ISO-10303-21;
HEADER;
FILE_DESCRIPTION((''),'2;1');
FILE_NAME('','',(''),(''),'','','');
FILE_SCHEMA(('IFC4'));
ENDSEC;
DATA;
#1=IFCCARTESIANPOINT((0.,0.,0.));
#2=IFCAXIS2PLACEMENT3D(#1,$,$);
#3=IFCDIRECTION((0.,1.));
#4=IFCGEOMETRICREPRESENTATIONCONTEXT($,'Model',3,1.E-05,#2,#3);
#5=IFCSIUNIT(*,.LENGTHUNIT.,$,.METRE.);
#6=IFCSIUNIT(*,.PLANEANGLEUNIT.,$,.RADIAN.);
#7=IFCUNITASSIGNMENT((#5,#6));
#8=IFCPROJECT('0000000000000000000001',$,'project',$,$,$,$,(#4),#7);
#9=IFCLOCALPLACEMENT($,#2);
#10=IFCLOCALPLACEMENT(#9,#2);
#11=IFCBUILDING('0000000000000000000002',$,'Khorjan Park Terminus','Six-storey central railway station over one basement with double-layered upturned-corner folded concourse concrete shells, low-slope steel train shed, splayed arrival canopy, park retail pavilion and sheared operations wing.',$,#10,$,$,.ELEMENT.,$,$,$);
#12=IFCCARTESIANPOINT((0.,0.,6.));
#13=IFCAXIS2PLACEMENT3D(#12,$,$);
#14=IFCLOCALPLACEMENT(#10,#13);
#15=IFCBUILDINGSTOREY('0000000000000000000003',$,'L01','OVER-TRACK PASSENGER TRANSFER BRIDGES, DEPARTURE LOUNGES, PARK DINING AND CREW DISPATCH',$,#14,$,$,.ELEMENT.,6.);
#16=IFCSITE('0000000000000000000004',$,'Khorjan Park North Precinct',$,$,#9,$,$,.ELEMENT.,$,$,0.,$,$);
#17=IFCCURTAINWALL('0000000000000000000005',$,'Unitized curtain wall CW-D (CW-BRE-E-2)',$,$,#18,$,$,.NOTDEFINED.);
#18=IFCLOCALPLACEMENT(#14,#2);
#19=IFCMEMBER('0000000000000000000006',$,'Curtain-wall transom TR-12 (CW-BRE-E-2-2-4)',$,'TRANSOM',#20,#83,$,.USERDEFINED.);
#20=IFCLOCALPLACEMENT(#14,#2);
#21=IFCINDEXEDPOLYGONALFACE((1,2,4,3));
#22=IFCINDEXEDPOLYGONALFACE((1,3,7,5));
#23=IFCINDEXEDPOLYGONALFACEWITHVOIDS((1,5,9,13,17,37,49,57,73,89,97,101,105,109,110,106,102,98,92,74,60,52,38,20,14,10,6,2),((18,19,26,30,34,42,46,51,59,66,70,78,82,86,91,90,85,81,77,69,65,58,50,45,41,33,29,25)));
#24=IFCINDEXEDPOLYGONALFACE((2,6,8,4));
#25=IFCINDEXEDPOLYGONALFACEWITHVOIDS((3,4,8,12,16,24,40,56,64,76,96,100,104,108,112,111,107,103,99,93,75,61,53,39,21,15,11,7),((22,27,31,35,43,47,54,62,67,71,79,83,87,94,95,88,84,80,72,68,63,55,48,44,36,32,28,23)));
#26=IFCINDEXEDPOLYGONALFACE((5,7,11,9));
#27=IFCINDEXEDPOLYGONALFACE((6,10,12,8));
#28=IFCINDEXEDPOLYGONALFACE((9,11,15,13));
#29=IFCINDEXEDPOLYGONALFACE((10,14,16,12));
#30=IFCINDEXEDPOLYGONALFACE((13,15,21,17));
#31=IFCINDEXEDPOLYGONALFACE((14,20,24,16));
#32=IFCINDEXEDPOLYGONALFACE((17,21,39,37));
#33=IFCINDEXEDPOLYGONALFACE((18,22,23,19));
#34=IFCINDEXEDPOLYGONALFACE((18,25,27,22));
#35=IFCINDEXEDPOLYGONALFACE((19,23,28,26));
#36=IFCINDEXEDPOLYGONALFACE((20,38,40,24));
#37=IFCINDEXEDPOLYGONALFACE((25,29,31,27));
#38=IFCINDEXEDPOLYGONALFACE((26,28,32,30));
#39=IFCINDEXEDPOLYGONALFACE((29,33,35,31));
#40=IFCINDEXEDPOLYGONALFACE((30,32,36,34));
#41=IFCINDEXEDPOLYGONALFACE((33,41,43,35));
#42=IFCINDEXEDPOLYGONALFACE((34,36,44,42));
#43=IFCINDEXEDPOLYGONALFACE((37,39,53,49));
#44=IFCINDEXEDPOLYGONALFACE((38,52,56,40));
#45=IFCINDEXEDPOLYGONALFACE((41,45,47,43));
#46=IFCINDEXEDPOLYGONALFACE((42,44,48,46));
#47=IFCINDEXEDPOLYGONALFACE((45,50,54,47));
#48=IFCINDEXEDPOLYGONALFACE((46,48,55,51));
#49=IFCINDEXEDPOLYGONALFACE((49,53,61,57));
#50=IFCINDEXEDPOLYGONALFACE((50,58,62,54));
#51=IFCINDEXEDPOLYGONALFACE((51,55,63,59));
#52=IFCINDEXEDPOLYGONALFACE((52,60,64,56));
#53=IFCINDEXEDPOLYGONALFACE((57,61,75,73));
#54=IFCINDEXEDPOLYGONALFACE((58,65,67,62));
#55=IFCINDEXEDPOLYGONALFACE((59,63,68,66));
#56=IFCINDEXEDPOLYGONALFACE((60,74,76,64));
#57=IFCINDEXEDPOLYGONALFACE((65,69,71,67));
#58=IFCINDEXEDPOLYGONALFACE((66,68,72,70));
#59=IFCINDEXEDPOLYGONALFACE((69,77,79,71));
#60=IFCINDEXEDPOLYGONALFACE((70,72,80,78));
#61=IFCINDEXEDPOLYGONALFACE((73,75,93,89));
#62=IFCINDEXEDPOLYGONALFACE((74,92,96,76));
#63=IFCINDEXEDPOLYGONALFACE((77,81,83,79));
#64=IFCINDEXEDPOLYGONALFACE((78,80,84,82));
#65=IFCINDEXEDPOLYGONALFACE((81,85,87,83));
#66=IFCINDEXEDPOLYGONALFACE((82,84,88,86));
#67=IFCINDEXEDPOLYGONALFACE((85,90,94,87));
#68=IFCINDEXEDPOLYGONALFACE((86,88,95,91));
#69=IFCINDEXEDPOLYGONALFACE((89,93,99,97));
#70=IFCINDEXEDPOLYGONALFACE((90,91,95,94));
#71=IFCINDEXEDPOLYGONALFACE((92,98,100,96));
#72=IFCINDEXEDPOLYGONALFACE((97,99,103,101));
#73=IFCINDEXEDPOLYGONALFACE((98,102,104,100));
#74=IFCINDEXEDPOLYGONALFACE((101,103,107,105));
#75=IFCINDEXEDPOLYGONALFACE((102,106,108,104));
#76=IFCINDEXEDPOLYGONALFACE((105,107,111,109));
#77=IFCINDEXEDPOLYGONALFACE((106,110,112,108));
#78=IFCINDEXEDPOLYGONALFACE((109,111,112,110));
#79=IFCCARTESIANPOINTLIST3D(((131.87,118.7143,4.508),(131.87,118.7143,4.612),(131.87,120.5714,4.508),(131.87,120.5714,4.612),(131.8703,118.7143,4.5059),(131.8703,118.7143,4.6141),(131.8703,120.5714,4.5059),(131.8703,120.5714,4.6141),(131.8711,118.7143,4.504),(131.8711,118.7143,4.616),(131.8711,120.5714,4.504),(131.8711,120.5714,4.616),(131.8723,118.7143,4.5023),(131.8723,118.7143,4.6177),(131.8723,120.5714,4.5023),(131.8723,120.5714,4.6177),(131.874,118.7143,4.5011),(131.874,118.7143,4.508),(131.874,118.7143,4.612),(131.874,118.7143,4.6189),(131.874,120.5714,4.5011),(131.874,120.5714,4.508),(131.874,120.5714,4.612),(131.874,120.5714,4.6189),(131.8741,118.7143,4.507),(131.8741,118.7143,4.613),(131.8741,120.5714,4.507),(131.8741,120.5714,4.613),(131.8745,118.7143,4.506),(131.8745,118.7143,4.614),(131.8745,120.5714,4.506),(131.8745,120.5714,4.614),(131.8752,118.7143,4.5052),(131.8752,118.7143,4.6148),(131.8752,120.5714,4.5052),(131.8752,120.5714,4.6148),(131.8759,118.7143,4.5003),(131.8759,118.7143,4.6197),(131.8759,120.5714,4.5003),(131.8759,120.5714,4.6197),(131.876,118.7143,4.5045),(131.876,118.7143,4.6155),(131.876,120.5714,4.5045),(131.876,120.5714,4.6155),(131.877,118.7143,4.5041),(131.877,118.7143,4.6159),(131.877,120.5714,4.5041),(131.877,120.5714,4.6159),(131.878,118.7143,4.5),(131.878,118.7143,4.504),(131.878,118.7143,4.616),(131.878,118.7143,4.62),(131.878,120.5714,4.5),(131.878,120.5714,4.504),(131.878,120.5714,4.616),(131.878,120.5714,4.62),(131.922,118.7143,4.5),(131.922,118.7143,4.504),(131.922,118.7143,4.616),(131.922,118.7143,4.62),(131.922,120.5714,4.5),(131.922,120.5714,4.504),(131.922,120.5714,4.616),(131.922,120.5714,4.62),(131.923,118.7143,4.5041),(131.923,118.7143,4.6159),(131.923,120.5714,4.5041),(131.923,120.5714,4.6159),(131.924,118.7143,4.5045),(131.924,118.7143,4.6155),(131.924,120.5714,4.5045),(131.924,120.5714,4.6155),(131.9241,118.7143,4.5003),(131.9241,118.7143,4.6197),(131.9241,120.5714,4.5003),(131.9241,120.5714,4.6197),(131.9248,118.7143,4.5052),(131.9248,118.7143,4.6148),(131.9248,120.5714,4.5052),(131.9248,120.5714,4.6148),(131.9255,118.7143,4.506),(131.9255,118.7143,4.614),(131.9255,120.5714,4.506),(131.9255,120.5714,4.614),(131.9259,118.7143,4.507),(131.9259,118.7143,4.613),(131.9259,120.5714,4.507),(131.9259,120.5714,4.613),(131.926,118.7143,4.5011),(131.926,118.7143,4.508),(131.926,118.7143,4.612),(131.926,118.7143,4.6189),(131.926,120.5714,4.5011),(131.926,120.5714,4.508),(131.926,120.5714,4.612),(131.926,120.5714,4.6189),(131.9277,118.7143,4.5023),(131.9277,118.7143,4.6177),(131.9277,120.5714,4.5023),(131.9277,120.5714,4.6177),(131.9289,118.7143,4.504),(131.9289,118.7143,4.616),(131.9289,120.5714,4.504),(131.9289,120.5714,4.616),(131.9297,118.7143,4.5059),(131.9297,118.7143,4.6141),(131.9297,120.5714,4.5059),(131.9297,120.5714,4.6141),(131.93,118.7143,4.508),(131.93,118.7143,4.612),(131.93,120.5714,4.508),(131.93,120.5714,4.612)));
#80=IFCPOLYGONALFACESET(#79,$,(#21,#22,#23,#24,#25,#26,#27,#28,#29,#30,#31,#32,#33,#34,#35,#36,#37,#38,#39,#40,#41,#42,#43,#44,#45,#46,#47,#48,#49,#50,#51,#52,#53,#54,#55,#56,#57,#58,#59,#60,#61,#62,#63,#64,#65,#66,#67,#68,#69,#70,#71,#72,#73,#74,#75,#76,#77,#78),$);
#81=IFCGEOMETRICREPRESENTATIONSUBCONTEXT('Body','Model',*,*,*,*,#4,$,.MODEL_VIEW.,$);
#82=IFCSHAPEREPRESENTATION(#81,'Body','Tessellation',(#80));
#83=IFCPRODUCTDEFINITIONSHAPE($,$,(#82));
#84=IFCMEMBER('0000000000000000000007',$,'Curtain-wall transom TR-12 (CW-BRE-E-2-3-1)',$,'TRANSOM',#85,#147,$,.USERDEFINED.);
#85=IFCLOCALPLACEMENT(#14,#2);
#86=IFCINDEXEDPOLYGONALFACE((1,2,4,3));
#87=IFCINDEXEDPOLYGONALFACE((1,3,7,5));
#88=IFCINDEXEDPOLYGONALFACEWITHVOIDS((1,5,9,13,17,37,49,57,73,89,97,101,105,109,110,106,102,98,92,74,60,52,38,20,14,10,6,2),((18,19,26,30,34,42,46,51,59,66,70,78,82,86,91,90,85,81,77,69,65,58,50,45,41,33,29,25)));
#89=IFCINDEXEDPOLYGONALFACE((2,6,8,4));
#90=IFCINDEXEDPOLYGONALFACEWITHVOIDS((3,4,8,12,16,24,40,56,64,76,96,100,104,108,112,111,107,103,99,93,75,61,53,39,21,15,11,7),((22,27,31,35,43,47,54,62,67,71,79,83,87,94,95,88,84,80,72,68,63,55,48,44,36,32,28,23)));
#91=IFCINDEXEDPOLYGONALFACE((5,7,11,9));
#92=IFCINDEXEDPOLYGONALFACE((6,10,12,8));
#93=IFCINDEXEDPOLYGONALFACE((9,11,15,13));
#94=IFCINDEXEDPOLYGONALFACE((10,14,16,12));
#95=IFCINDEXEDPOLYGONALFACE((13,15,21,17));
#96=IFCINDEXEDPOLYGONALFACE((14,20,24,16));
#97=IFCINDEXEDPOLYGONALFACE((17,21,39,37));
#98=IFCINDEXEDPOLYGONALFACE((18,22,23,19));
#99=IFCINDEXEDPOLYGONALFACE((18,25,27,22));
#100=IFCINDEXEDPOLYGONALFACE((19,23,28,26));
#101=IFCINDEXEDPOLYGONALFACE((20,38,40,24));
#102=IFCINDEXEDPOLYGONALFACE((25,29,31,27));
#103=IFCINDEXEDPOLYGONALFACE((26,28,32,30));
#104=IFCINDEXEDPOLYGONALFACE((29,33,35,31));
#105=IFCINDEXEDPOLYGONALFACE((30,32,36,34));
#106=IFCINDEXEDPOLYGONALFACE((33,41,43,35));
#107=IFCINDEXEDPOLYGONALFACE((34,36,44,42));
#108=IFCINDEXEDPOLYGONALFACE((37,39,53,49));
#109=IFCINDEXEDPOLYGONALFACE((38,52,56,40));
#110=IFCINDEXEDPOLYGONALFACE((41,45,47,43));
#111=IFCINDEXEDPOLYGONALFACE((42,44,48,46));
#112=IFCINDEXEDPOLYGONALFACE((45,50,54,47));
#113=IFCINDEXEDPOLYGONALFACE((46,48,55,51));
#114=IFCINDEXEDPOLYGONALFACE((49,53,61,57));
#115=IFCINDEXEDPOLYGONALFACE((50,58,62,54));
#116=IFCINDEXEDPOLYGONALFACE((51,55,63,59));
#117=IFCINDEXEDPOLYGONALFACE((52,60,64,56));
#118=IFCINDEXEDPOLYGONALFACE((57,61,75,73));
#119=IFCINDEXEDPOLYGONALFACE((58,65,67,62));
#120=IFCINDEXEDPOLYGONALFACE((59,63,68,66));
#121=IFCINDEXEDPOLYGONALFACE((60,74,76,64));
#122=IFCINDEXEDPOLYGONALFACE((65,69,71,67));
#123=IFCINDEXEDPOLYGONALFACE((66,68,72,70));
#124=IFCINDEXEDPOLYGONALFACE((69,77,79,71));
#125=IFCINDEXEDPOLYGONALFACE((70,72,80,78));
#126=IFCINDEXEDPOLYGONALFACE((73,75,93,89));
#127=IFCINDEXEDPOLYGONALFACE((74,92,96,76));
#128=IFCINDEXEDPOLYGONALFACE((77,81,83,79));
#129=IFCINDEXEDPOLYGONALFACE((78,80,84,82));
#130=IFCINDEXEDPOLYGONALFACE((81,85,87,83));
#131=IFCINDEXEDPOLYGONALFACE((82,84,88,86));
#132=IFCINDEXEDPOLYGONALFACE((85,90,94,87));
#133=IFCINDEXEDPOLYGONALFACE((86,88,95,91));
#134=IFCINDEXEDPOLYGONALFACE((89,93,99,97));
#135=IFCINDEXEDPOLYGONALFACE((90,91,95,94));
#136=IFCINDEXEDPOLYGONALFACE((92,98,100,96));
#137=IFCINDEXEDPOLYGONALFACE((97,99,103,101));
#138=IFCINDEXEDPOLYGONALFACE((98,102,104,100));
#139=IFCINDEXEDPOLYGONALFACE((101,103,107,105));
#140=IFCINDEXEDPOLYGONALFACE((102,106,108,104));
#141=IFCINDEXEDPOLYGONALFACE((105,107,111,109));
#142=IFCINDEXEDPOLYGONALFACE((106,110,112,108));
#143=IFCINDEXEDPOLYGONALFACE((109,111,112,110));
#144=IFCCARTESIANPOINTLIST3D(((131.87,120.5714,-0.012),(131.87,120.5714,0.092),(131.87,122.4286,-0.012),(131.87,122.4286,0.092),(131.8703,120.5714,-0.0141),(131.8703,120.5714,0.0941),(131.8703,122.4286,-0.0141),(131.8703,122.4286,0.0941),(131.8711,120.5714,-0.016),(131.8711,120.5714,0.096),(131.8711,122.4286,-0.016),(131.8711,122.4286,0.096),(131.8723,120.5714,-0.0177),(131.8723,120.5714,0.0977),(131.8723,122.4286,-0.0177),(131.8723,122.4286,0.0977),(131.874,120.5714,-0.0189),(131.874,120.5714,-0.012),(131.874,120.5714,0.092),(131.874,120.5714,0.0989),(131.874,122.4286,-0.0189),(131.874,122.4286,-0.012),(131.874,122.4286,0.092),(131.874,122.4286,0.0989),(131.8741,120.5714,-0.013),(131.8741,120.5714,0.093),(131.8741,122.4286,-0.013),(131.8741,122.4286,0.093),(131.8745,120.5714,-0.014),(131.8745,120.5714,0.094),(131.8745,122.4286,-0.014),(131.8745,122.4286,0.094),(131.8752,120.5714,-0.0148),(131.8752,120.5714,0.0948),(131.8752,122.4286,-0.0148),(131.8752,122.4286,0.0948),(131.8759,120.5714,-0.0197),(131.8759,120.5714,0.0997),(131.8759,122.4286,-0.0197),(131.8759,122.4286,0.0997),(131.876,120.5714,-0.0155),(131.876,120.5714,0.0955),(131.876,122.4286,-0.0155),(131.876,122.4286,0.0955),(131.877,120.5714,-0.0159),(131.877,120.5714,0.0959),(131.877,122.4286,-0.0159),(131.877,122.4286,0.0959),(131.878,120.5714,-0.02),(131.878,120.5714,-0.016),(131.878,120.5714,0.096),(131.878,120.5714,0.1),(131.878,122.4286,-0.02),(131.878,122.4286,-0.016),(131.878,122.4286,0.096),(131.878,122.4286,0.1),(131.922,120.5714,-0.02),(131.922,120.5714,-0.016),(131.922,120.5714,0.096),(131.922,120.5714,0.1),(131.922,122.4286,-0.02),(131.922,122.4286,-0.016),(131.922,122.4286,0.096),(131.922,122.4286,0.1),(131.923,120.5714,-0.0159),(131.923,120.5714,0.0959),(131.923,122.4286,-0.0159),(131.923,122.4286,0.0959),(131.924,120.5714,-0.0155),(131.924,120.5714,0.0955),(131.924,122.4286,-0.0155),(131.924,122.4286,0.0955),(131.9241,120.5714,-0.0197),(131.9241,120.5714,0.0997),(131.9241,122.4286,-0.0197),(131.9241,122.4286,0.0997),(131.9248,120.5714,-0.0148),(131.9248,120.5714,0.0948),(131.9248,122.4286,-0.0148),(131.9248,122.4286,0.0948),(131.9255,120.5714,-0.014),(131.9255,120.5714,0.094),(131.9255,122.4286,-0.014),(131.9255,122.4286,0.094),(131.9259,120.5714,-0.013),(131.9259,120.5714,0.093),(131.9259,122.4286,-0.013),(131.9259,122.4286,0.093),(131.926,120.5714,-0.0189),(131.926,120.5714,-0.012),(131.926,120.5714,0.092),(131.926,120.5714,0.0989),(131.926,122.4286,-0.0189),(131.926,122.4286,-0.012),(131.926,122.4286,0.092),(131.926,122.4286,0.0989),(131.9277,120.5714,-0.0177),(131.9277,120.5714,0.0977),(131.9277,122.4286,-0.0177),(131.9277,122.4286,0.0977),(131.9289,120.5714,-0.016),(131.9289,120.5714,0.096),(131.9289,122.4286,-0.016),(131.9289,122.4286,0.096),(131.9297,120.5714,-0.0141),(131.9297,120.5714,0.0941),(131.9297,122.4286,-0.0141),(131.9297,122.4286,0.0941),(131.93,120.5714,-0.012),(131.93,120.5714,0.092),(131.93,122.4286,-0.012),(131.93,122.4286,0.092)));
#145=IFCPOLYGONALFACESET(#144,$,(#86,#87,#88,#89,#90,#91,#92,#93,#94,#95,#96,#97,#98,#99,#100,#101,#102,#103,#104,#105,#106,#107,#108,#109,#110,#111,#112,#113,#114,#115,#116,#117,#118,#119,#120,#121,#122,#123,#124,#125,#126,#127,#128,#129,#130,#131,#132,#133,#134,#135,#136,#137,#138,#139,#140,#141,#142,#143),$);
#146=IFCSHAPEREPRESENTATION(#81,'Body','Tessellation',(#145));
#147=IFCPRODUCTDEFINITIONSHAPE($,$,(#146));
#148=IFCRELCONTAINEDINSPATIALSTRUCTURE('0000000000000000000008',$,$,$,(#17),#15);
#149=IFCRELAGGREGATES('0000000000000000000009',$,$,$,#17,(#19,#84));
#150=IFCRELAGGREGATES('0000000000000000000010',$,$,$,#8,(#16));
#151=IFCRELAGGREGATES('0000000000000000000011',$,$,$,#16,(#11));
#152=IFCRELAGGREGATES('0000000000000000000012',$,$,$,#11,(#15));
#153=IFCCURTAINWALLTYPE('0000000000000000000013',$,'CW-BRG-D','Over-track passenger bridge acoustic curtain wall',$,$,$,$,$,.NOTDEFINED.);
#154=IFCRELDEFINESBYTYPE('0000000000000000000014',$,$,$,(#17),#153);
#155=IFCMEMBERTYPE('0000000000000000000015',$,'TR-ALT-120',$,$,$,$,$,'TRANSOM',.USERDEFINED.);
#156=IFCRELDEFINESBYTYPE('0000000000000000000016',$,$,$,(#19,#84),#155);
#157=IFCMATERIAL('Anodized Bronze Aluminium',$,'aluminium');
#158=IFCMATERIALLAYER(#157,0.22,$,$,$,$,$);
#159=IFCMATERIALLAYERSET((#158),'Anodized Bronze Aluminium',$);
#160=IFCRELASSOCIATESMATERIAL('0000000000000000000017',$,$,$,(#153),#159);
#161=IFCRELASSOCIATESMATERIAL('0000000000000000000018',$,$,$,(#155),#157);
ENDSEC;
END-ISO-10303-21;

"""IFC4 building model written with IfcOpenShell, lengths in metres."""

from ifc_helpers import new_model, si_unit, direction, frame, origin, origin_2d, place, context, subcontext, project, spatial, hollow_rectangle, extrude, material, layer, layer_set, material_profile, profile_set, type_object, element, aggregate, save


model = new_model("IFC4")

# Units and contexts
model_context = context("Model", 3, precision=1e-05, world=origin(), true_north=direction((0.0, 1.0)))
body_context = subcontext(model_context, "Body", "Model", "MODEL_VIEW")
ifc_project = project(units=[si_unit("LENGTHUNIT", "METRE"), si_unit("PLANEANGLEUNIT", "RADIAN")], contexts=[model_context])

# Site, building, storey
site_placement = place(None, origin())
site = spatial("IfcSite", under=ifc_project, at=site_placement, Name="Khorjan Park North Precinct", CompositionType="ELEMENT", RefElevation=0.0)
building_placement = place(site_placement, origin())
building = spatial("IfcBuilding", under=site, at=building_placement, Name="Khorjan Park Terminus", Description="Six-storey central railway station over one basement with double-layered upturned-corner folded concourse concrete shells, low-slope steel train shed, splayed arrival canopy, park retail pavilion and sheared operations wing.", CompositionType="ELEMENT")
storey_placement = place(building_placement, frame((0.0, 0.0, 6.0)))
storey = spatial("IfcBuildingStorey", under=building, at=storey_placement, Name="L01", Description="OVER-TRACK PASSENGER TRANSFER BRIDGES, DEPARTURE LOUNGES, PARK DINING AND CREW DISPATCH", CompositionType="ELEMENT", Elevation=6.0)

# Curtain wall, members
ifc_material_1 = material(Name="Anodized Bronze Aluminium", Category="aluminium")
ifc_layer_1 = layer(ifc_material_1, 0.22)
ifc_layer_set_1 = layer_set([ifc_layer_1], Name="Anodized Bronze Aluminium")
curtain_wall_type = type_object("IfcCurtainWallType", Name="CW-BRG-D", Description="Over-track passenger bridge acoustic curtain wall", PredefinedType="NOTDEFINED", material=ifc_layer_set_1)
curtain_wall_placement = place(storey_placement, origin())
curtain_wall = element("IfcCurtainWall", 1, at=curtain_wall_placement, inside=storey, type_object=curtain_wall_type, Name="Unitized curtain wall CW-D (CW-BRE-E-2)", PredefinedType="NOTDEFINED")
ifc_material_profile_1 = material_profile(ifc_material_1, hollow_rectangle(XDim=0.06, YDim=0.12, WallThickness=0.004, InnerFilletRadius=0.004, OuterFilletRadius=0.008, at=origin_2d()), Name="ALT 60x120x4")
ifc_profile_set_1 = profile_set([ifc_material_profile_1], Name="Anodized Bronze Aluminium")
member_type_1 = type_object("IfcMemberType", Name="TR-ALT-120", ElementType="TRANSOM", PredefinedType="USERDEFINED", material=ifc_profile_set_1)
member_1_placement = place(storey_placement, frame((131.9, 118.7143, 4.56), z_axis=(0.0, 1.0, 0.0), x_axis=(-1.0, 0.0, 0.0)))
member_1 = element("IfcMember", 2, at=member_1_placement, type_object=member_type_1, Name="Curtain-wall transom TR-12 (CW-BRE-E-2-2-4)", ObjectType="TRANSOM", PredefinedType="USERDEFINED", context=body_context, shape_type="SweptSolid", body=[
    extrude(hollow_rectangle(XDim=0.06, YDim=0.12, WallThickness=0.004, InnerFilletRadius=0.004, OuterFilletRadius=0.008, at=origin_2d()), origin(), (0.0, 0.0, 1.0), 1.8571),
])
member_2_placement = place(storey_placement, frame((131.9, 120.5714, 0.04), z_axis=(0.0, 1.0, 0.0), x_axis=(-1.0, 0.0, 0.0)))
member_2 = element("IfcMember", 3, at=member_2_placement, type_object=member_type_1, Name="Curtain-wall transom TR-12 (CW-BRE-E-2-3-1)", ObjectType="TRANSOM", PredefinedType="USERDEFINED", context=body_context, shape_type="SweptSolid", body=[
    extrude(hollow_rectangle(XDim=0.06, YDim=0.12, WallThickness=0.004, InnerFilletRadius=0.004, OuterFilletRadius=0.008, at=origin_2d()), origin(), (0.0, 0.0, 1.0), 1.8572),
])
aggregate(curtain_wall, [member_1, member_2])

save(model, "model.ifc")
